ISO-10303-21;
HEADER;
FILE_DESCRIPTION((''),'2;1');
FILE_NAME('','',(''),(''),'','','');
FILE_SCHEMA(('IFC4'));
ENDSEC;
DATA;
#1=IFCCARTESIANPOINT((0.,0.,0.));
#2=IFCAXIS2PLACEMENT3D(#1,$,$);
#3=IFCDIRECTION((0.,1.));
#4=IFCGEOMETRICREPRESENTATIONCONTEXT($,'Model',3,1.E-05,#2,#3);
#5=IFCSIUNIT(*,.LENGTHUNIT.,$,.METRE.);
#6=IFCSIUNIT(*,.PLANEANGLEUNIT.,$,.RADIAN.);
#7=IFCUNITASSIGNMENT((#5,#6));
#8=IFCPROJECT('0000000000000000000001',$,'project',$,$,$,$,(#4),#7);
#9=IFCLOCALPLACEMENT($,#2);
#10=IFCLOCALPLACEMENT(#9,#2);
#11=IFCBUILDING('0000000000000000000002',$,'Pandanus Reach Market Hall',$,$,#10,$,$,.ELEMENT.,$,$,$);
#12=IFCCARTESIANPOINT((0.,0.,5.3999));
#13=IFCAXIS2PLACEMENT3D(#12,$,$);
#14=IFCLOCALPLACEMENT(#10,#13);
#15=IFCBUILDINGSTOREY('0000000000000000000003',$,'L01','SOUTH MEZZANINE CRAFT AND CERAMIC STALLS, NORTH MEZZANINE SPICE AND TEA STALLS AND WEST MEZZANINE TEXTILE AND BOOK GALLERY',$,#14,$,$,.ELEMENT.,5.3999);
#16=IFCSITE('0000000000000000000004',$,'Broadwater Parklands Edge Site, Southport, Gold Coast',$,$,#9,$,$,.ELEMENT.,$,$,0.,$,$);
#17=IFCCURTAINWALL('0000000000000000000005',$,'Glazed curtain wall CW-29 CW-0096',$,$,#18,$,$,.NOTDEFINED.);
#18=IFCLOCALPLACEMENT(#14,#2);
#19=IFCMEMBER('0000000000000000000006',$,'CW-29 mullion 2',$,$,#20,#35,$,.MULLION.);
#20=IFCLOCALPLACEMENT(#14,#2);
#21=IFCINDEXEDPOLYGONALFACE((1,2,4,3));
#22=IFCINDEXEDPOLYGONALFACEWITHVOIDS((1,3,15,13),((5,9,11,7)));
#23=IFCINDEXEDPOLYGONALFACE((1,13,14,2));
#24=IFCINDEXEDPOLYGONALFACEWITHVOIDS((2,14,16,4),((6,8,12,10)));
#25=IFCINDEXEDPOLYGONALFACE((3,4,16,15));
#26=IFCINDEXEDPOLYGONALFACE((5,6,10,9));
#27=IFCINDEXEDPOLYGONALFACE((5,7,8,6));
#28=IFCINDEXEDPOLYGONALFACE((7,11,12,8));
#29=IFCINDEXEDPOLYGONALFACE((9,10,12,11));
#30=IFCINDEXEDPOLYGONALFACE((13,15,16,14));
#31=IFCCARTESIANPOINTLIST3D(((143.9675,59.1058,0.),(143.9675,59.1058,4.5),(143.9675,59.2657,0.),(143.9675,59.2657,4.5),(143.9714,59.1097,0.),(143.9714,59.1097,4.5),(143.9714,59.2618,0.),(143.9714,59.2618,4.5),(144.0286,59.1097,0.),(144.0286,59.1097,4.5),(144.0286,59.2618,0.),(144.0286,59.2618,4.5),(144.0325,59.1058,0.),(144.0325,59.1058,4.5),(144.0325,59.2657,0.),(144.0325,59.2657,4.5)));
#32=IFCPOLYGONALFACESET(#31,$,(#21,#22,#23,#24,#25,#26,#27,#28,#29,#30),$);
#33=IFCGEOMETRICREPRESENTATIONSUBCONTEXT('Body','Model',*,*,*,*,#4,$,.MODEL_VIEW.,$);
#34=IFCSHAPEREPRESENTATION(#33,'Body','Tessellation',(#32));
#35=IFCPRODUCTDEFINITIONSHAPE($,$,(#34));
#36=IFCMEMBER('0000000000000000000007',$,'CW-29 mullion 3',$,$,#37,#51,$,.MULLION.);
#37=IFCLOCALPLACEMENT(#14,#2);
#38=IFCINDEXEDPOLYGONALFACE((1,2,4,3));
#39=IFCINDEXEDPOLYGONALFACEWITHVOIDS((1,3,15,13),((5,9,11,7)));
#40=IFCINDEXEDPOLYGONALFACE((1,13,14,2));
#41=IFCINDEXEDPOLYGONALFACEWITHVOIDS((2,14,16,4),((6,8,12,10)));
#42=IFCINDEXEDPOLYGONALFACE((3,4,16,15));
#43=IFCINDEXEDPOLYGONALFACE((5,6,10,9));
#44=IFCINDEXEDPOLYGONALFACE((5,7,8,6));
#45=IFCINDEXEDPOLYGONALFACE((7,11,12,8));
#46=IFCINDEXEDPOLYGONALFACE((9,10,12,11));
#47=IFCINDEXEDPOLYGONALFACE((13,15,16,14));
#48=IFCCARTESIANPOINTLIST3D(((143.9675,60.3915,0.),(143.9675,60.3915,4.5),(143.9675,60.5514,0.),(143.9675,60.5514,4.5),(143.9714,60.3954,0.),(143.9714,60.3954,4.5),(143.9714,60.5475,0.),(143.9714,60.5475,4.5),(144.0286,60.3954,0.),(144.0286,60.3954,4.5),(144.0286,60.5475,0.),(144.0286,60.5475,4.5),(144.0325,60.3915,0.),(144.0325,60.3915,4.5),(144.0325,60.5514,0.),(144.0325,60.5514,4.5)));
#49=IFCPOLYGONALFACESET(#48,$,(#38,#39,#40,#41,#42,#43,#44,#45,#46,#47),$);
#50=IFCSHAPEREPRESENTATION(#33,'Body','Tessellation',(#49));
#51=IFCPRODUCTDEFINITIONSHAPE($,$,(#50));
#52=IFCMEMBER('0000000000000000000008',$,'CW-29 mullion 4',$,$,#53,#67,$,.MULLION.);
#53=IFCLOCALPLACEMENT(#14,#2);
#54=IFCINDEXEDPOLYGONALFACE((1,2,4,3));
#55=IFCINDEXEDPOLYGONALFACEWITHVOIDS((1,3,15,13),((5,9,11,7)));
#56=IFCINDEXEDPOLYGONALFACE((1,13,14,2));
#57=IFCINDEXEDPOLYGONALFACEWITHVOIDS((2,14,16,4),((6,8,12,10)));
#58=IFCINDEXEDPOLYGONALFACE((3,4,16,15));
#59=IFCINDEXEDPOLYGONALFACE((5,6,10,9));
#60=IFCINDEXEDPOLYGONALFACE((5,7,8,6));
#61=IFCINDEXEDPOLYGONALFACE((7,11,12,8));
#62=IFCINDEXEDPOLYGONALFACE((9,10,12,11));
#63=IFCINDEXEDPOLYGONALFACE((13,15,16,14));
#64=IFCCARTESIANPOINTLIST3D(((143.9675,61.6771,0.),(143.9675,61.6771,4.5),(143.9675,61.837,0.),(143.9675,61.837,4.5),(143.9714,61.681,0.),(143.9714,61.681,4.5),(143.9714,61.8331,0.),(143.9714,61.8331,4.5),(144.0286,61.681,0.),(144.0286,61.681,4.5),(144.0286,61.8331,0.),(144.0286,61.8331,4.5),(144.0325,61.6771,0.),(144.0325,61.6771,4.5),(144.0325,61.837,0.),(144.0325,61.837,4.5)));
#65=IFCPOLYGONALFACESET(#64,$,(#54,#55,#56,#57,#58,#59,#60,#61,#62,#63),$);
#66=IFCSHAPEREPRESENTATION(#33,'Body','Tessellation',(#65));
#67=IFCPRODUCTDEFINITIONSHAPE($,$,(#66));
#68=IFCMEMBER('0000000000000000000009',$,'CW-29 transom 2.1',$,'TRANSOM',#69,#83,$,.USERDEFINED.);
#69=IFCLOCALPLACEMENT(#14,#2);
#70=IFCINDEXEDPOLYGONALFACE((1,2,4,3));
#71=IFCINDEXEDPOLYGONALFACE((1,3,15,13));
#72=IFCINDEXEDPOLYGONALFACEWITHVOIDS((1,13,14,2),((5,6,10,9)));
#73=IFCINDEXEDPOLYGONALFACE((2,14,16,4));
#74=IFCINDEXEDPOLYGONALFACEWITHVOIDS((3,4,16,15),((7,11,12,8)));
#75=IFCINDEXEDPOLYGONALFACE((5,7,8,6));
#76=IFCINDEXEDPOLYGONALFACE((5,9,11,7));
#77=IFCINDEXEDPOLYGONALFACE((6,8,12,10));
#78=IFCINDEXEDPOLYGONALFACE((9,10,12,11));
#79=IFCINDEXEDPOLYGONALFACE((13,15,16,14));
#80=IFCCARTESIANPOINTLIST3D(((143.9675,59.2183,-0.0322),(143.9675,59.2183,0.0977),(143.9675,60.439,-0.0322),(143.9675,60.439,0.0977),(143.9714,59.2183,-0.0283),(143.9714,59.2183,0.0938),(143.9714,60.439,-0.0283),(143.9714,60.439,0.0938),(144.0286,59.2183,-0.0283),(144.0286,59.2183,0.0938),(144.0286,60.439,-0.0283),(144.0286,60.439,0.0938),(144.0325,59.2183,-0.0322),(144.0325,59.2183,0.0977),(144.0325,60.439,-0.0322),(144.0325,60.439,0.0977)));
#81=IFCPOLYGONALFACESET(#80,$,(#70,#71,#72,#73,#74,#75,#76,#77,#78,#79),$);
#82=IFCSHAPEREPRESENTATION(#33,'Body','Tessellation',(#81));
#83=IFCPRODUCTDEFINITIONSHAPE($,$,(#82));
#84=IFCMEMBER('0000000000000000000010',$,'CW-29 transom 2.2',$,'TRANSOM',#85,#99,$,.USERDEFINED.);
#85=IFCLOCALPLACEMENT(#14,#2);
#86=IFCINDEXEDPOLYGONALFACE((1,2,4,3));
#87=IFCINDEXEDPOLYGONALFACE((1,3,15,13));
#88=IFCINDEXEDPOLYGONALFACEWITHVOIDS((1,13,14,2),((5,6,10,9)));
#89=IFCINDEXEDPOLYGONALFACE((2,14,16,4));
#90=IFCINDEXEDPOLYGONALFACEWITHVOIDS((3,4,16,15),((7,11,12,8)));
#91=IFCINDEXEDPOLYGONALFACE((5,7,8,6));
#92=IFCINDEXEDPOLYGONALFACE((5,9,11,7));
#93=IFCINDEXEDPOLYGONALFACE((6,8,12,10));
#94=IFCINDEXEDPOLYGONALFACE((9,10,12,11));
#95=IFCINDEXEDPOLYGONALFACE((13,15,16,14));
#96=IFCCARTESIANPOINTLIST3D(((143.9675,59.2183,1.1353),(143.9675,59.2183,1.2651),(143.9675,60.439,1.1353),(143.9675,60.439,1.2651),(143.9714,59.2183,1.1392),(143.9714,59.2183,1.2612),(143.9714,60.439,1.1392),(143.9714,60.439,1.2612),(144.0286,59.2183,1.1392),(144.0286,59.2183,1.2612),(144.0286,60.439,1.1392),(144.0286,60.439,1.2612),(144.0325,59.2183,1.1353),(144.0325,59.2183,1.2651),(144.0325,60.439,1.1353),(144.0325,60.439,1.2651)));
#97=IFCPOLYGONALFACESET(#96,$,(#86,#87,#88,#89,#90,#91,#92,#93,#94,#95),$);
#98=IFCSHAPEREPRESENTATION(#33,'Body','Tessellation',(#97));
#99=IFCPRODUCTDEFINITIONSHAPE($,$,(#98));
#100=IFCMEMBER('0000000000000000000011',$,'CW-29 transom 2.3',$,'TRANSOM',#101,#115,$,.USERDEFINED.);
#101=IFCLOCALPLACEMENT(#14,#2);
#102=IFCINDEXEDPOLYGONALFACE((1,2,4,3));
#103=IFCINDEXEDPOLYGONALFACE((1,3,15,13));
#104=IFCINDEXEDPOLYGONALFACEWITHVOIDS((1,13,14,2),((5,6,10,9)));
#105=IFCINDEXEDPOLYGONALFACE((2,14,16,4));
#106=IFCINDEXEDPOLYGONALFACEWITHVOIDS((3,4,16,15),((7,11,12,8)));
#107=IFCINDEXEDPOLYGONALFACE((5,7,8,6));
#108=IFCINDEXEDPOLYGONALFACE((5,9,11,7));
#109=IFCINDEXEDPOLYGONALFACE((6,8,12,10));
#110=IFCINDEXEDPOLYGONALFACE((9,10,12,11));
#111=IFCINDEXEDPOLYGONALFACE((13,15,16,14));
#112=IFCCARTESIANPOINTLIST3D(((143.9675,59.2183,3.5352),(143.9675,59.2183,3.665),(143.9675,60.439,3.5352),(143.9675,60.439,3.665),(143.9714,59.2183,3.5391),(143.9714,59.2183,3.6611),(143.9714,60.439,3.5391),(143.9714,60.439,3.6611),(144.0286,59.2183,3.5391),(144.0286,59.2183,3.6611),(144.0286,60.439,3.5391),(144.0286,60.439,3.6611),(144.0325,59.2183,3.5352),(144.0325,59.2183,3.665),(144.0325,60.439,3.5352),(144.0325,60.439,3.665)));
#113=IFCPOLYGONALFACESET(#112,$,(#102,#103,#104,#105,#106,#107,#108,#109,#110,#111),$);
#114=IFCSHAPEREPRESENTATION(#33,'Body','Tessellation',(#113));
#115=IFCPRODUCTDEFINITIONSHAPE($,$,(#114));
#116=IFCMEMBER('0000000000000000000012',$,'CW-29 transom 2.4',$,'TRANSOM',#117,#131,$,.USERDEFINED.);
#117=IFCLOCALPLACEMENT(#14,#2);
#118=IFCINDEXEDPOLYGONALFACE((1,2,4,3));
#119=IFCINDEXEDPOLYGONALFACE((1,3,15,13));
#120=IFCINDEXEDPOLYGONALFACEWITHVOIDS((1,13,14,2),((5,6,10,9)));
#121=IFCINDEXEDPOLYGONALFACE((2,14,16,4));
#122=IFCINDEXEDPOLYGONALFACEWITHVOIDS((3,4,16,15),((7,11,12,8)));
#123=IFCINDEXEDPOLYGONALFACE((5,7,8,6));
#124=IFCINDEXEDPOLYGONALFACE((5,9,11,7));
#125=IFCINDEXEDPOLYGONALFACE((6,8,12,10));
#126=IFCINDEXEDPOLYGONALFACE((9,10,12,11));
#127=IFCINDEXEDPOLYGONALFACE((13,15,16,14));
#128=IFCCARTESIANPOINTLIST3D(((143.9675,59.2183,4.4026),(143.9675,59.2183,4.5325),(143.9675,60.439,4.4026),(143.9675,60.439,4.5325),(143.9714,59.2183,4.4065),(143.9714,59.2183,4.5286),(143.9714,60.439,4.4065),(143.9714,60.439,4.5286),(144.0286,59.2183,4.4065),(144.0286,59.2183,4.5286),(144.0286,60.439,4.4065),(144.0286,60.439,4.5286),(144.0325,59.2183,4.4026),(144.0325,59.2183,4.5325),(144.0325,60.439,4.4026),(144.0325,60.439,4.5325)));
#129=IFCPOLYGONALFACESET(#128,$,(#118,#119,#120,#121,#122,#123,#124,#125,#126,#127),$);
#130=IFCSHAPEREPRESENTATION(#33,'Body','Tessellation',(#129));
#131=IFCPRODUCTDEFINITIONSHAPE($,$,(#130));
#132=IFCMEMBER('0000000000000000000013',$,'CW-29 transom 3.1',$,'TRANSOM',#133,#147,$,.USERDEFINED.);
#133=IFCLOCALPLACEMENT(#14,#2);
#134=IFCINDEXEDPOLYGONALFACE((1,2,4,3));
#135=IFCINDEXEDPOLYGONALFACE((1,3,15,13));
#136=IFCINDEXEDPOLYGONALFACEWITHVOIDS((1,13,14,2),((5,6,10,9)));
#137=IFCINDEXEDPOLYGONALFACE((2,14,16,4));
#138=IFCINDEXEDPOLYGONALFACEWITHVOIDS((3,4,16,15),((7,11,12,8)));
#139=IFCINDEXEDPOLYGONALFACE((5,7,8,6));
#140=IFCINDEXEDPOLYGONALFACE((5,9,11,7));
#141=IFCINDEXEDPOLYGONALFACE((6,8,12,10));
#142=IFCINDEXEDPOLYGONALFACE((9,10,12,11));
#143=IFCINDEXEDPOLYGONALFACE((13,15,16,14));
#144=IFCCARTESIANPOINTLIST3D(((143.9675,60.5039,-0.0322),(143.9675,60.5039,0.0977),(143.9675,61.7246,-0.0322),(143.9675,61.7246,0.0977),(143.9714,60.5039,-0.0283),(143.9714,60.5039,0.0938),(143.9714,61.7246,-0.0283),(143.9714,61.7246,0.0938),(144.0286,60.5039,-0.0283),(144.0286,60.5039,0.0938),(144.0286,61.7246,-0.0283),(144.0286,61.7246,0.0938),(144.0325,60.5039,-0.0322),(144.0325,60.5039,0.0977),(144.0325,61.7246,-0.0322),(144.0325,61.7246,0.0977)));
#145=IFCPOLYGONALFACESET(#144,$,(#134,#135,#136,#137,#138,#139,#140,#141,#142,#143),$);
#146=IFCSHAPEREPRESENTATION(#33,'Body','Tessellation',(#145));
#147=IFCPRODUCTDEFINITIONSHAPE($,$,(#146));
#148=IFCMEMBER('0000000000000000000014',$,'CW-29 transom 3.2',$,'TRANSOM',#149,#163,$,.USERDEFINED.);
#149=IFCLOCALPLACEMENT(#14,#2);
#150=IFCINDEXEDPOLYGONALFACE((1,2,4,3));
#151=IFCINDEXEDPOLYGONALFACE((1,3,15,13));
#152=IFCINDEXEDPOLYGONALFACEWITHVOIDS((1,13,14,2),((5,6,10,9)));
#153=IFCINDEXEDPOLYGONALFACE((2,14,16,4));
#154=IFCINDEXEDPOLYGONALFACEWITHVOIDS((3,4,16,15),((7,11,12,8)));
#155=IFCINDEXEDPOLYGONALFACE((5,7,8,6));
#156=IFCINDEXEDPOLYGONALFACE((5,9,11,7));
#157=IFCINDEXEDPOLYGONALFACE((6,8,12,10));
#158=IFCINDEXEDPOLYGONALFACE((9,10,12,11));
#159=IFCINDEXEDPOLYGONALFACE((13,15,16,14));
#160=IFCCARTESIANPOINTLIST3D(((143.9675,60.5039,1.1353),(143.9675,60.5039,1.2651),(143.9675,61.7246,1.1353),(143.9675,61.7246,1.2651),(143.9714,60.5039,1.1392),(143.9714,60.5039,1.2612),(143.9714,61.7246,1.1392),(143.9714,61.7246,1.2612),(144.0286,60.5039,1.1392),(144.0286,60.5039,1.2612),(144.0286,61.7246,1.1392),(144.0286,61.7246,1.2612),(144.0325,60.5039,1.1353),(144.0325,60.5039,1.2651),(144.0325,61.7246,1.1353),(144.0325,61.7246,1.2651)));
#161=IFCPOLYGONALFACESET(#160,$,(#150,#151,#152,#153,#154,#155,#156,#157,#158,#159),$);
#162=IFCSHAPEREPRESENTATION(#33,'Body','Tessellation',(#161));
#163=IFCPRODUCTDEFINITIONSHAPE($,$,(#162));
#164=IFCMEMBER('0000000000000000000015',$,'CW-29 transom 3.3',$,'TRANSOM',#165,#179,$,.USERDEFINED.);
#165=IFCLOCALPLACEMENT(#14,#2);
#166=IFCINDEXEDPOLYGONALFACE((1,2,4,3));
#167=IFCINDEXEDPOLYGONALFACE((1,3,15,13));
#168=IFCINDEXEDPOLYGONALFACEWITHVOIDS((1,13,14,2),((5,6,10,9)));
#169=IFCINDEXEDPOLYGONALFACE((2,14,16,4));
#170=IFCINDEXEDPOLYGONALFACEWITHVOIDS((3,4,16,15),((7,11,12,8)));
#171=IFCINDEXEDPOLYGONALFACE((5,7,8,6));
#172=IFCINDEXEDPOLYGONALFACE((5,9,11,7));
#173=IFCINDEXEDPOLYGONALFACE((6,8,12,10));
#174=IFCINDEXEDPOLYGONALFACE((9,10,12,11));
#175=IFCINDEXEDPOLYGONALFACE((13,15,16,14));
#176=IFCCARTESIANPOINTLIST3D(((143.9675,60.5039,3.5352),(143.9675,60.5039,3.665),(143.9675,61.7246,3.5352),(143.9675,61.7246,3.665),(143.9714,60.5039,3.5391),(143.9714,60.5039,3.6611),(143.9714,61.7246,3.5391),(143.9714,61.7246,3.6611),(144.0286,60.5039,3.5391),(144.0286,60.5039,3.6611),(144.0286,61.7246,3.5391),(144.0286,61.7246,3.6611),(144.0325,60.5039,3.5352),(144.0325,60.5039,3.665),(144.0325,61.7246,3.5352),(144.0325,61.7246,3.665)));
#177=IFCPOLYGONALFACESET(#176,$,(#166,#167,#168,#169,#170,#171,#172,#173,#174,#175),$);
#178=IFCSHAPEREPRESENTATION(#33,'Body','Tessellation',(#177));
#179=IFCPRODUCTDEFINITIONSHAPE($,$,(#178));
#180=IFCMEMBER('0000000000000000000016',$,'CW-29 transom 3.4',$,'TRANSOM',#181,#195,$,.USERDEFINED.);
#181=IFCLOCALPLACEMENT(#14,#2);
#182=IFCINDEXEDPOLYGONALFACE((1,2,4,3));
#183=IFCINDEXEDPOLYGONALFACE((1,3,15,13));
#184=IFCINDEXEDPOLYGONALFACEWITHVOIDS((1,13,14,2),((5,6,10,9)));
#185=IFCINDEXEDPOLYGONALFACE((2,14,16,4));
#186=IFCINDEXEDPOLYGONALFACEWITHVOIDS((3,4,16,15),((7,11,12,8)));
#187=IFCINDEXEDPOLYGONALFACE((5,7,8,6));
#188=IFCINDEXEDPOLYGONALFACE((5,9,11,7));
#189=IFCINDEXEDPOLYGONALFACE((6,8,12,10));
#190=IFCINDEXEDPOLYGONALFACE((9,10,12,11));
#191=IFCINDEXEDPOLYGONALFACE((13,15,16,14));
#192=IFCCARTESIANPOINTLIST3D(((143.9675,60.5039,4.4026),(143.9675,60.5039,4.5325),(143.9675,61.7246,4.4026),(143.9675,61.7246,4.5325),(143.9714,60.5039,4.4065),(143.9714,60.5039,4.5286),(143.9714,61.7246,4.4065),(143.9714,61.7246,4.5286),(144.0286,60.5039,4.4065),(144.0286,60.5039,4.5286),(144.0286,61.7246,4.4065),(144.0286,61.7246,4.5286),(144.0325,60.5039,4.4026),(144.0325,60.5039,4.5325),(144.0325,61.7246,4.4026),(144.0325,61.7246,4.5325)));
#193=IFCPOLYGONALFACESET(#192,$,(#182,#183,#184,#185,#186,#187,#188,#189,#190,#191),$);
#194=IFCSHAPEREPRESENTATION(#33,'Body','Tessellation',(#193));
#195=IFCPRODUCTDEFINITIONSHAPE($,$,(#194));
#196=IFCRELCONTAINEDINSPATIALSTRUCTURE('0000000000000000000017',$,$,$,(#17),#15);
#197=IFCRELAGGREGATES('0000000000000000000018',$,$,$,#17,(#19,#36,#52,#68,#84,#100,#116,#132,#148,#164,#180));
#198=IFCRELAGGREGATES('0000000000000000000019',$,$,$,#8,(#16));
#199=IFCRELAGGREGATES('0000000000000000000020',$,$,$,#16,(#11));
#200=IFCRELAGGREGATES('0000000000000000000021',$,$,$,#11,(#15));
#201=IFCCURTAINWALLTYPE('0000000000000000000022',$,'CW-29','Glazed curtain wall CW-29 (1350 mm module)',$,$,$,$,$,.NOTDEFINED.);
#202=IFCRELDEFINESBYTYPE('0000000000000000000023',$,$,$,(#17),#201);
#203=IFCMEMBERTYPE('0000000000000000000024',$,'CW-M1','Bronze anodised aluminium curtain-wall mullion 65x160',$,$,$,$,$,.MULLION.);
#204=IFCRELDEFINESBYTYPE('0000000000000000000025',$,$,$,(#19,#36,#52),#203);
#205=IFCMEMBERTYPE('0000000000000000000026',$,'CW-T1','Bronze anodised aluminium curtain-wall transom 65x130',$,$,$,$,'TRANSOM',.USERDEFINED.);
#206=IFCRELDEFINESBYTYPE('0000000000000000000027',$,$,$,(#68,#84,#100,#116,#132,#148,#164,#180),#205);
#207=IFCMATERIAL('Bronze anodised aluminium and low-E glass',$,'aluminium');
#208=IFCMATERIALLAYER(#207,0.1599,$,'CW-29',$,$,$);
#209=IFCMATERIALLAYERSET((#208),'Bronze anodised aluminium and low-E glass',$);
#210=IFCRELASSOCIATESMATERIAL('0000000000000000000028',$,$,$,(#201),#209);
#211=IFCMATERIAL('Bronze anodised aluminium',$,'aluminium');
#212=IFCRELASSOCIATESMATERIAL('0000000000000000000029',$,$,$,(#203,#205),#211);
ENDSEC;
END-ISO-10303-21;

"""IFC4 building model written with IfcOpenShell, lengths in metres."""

from ifc_helpers import new_model, si_unit, direction, frame, origin, origin_2d, place, context, subcontext, project, spatial, hollow_rectangle, extrude, material, layer, layer_set, material_profile, profile_set, type_object, element, aggregate, save


model = new_model("IFC4")

# Units and contexts
model_context = context("Model", 3, precision=1e-05, world=origin(), true_north=direction((0.0, 1.0)))
body_context = subcontext(model_context, "Body", "Model", "MODEL_VIEW")
ifc_project = project(units=[si_unit("LENGTHUNIT", "METRE"), si_unit("PLANEANGLEUNIT", "RADIAN")], contexts=[model_context])

# Site, building, storey
site_placement = place(None, origin())
site = spatial("IfcSite", under=ifc_project, at=site_placement, Name="Broadwater Parklands Edge Site, Southport, Gold Coast", CompositionType="ELEMENT", RefElevation=0.0)
building_placement = place(site_placement, origin())
building = spatial("IfcBuilding", under=site, at=building_placement, Name="Pandanus Reach Market Hall", CompositionType="ELEMENT")
storey_placement = place(building_placement, frame((0.0, 0.0, 5.3999)))
storey = spatial("IfcBuildingStorey", under=building, at=storey_placement, Name="L01", Description="SOUTH MEZZANINE CRAFT AND CERAMIC STALLS, NORTH MEZZANINE SPICE AND TEA STALLS AND WEST MEZZANINE TEXTILE AND BOOK GALLERY", CompositionType="ELEMENT", Elevation=5.3999)

# Curtain wall, members
ifc_material_1 = material(Name="Bronze anodised aluminium and low-E glass", Category="aluminium")
ifc_layer_1 = layer(ifc_material_1, 0.1599, Name="CW-29")
ifc_layer_set_1 = layer_set([ifc_layer_1], Name="Bronze anodised aluminium and low-E glass")
curtain_wall_type = type_object("IfcCurtainWallType", Name="CW-29", Description="Glazed curtain wall CW-29 (1350 mm module)", PredefinedType="NOTDEFINED", material=ifc_layer_set_1)
curtain_wall_placement = place(storey_placement, origin())
curtain_wall = element("IfcCurtainWall", 1, at=curtain_wall_placement, inside=storey, type_object=curtain_wall_type, Name="Glazed curtain wall CW-29 CW-0096", PredefinedType="NOTDEFINED")
ifc_material_2 = material(Name="Bronze anodised aluminium", Category="aluminium")
ifc_material_profile_1 = material_profile(ifc_material_2, hollow_rectangle(XDim=0.0649, YDim=0.1599, WallThickness=0.0039, at=origin_2d()), Name="ALU65x160", Category="LoadBearing")
ifc_profile_set_1 = profile_set([ifc_material_profile_1], Name="Bronze anodised aluminium")
member_type_1 = type_object("IfcMemberType", Name="CW-M1", Description="Bronze anodised aluminium curtain-wall mullion 65x160", PredefinedType="MULLION", material=ifc_profile_set_1)
member_1_placement = place(storey_placement, frame((144.0, 59.1858, 0.0), z_axis=(0.0, 0.0, 1.0), x_axis=(-1.0, 0.0, 0.0)))
member_1 = element("IfcMember", 2, at=member_1_placement, type_object=member_type_1, Name="CW-29 mullion 2", PredefinedType="MULLION", context=body_context, shape_type="SweptSolid", body=[
    extrude(hollow_rectangle(XDim=0.0649, YDim=0.1599, WallThickness=0.0039, at=origin_2d()), origin(), (0.0, 0.0, 1.0), 4.5),
])
member_2_placement = place(storey_placement, frame((144.0, 60.4714, 0.0), z_axis=(0.0, 0.0, 1.0), x_axis=(-1.0, 0.0, 0.0)))
member_2 = element("IfcMember", 3, at=member_2_placement, type_object=member_type_1, Name="CW-29 mullion 3", PredefinedType="MULLION", context=body_context, shape_type="SweptSolid", body=[
    extrude(hollow_rectangle(XDim=0.0649, YDim=0.1599, WallThickness=0.0039, at=origin_2d()), origin(), (0.0, 0.0, 1.0), 4.5),
])
member_3_placement = place(storey_placement, frame((144.0, 61.7571, 0.0), z_axis=(0.0, 0.0, 1.0), x_axis=(-1.0, 0.0, 0.0)))
member_3 = element("IfcMember", 4, at=member_3_placement, type_object=member_type_1, Name="CW-29 mullion 4", PredefinedType="MULLION", context=body_context, shape_type="SweptSolid", body=[
    extrude(hollow_rectangle(XDim=0.0649, YDim=0.1599, WallThickness=0.0039, at=origin_2d()), origin(), (0.0, 0.0, 1.0), 4.5),
])
ifc_material_profile_2 = material_profile(ifc_material_2, hollow_rectangle(XDim=0.0649, YDim=0.1299, WallThickness=0.0039, at=origin_2d()), Name="ALU65x130", Category="LoadBearing")
ifc_profile_set_2 = profile_set([ifc_material_profile_2], Name="Bronze anodised aluminium")
member_type_2 = type_object("IfcMemberType", Name="CW-T1", Description="Bronze anodised aluminium curtain-wall transom 65x130", ElementType="TRANSOM", PredefinedType="USERDEFINED", material=ifc_profile_set_2)
member_4_placement = place(storey_placement, frame((144.0, 59.2183, 0.0327), z_axis=(0.0, 1.0, 0.0), x_axis=(-1.0, 0.0, 0.0)))
member_4 = element("IfcMember", 5, at=member_4_placement, type_object=member_type_2, Name="CW-29 transom 2.1", ObjectType="TRANSOM", PredefinedType="USERDEFINED", context=body_context, shape_type="SweptSolid", body=[
    extrude(hollow_rectangle(XDim=0.0649, YDim=0.1299, WallThickness=0.0039, at=origin_2d()), origin(), (0.0, 0.0, 1.0), 1.2207),
])
member_5_placement = place(storey_placement, frame((144.0, 59.2183, 1.2002), z_axis=(0.0, 1.0, 0.0), x_axis=(-1.0, 0.0, 0.0)))
member_5 = element("IfcMember", 6, at=member_5_placement, type_object=member_type_2, Name="CW-29 transom 2.2", ObjectType="TRANSOM", PredefinedType="USERDEFINED", context=body_context, shape_type="SweptSolid", body=[
    extrude(hollow_rectangle(XDim=0.0649, YDim=0.1299, WallThickness=0.0039, at=origin_2d()), origin(), (0.0, 0.0, 1.0), 1.2207),
])
member_6_placement = place(storey_placement, frame((144.0, 59.2183, 3.6001), z_axis=(0.0, 1.0, 0.0), x_axis=(-1.0, 0.0, 0.0)))
member_6 = element("IfcMember", 7, at=member_6_placement, type_object=member_type_2, Name="CW-29 transom 2.3", ObjectType="TRANSOM", PredefinedType="USERDEFINED", context=body_context, shape_type="SweptSolid", body=[
    extrude(hollow_rectangle(XDim=0.0649, YDim=0.1299, WallThickness=0.0039, at=origin_2d()), origin(), (0.0, 0.0, 1.0), 1.2207),
])
member_7_placement = place(storey_placement, frame((144.0, 59.2183, 4.4675), z_axis=(0.0, 1.0, 0.0), x_axis=(-1.0, 0.0, 0.0)))
member_7 = element("IfcMember", 8, at=member_7_placement, type_object=member_type_2, Name="CW-29 transom 2.4", ObjectType="TRANSOM", PredefinedType="USERDEFINED", context=body_context, shape_type="SweptSolid", body=[
    extrude(hollow_rectangle(XDim=0.0649, YDim=0.1299, WallThickness=0.0039, at=origin_2d()), origin(), (0.0, 0.0, 1.0), 1.2207),
])
member_8_placement = place(storey_placement, frame((144.0, 60.5039, 0.0327), z_axis=(0.0, 1.0, 0.0), x_axis=(-1.0, 0.0, 0.0)))
member_8 = element("IfcMember", 9, at=member_8_placement, type_object=member_type_2, Name="CW-29 transom 3.1", ObjectType="TRANSOM", PredefinedType="USERDEFINED", context=body_context, shape_type="SweptSolid", body=[
    extrude(hollow_rectangle(XDim=0.0649, YDim=0.1299, WallThickness=0.0039, at=origin_2d()), origin(), (0.0, 0.0, 1.0), 1.2207),
])
member_9_placement = place(storey_placement, frame((144.0, 60.5039, 1.2002), z_axis=(0.0, 1.0, 0.0), x_axis=(-1.0, 0.0, 0.0)))
member_9 = element("IfcMember", 10, at=member_9_placement, type_object=member_type_2, Name="CW-29 transom 3.2", ObjectType="TRANSOM", PredefinedType="USERDEFINED", context=body_context, shape_type="SweptSolid", body=[
    extrude(hollow_rectangle(XDim=0.0649, YDim=0.1299, WallThickness=0.0039, at=origin_2d()), origin(), (0.0, 0.0, 1.0), 1.2207),
])
member_10_placement = place(storey_placement, frame((144.0, 60.5039, 3.6001), z_axis=(0.0, 1.0, 0.0), x_axis=(-1.0, 0.0, 0.0)))
member_10 = element("IfcMember", 11, at=member_10_placement, type_object=member_type_2, Name="CW-29 transom 3.3", ObjectType="TRANSOM", PredefinedType="USERDEFINED", context=body_context, shape_type="SweptSolid", body=[
    extrude(hollow_rectangle(XDim=0.0649, YDim=0.1299, WallThickness=0.0039, at=origin_2d()), origin(), (0.0, 0.0, 1.0), 1.2207),
])
member_11_placement = place(storey_placement, frame((144.0, 60.5039, 4.4675), z_axis=(0.0, 1.0, 0.0), x_axis=(-1.0, 0.0, 0.0)))
member_11 = element("IfcMember", 12, at=member_11_placement, type_object=member_type_2, Name="CW-29 transom 3.4", ObjectType="TRANSOM", PredefinedType="USERDEFINED", context=body_context, shape_type="SweptSolid", body=[
    extrude(hollow_rectangle(XDim=0.0649, YDim=0.1299, WallThickness=0.0039, at=origin_2d()), origin(), (0.0, 0.0, 1.0), 1.2207),
])
aggregate(curtain_wall, [member_1, member_2, member_3, member_4, member_5, member_6, member_7, member_8, member_9, member_10, member_11])

save(model, "model.ifc")
